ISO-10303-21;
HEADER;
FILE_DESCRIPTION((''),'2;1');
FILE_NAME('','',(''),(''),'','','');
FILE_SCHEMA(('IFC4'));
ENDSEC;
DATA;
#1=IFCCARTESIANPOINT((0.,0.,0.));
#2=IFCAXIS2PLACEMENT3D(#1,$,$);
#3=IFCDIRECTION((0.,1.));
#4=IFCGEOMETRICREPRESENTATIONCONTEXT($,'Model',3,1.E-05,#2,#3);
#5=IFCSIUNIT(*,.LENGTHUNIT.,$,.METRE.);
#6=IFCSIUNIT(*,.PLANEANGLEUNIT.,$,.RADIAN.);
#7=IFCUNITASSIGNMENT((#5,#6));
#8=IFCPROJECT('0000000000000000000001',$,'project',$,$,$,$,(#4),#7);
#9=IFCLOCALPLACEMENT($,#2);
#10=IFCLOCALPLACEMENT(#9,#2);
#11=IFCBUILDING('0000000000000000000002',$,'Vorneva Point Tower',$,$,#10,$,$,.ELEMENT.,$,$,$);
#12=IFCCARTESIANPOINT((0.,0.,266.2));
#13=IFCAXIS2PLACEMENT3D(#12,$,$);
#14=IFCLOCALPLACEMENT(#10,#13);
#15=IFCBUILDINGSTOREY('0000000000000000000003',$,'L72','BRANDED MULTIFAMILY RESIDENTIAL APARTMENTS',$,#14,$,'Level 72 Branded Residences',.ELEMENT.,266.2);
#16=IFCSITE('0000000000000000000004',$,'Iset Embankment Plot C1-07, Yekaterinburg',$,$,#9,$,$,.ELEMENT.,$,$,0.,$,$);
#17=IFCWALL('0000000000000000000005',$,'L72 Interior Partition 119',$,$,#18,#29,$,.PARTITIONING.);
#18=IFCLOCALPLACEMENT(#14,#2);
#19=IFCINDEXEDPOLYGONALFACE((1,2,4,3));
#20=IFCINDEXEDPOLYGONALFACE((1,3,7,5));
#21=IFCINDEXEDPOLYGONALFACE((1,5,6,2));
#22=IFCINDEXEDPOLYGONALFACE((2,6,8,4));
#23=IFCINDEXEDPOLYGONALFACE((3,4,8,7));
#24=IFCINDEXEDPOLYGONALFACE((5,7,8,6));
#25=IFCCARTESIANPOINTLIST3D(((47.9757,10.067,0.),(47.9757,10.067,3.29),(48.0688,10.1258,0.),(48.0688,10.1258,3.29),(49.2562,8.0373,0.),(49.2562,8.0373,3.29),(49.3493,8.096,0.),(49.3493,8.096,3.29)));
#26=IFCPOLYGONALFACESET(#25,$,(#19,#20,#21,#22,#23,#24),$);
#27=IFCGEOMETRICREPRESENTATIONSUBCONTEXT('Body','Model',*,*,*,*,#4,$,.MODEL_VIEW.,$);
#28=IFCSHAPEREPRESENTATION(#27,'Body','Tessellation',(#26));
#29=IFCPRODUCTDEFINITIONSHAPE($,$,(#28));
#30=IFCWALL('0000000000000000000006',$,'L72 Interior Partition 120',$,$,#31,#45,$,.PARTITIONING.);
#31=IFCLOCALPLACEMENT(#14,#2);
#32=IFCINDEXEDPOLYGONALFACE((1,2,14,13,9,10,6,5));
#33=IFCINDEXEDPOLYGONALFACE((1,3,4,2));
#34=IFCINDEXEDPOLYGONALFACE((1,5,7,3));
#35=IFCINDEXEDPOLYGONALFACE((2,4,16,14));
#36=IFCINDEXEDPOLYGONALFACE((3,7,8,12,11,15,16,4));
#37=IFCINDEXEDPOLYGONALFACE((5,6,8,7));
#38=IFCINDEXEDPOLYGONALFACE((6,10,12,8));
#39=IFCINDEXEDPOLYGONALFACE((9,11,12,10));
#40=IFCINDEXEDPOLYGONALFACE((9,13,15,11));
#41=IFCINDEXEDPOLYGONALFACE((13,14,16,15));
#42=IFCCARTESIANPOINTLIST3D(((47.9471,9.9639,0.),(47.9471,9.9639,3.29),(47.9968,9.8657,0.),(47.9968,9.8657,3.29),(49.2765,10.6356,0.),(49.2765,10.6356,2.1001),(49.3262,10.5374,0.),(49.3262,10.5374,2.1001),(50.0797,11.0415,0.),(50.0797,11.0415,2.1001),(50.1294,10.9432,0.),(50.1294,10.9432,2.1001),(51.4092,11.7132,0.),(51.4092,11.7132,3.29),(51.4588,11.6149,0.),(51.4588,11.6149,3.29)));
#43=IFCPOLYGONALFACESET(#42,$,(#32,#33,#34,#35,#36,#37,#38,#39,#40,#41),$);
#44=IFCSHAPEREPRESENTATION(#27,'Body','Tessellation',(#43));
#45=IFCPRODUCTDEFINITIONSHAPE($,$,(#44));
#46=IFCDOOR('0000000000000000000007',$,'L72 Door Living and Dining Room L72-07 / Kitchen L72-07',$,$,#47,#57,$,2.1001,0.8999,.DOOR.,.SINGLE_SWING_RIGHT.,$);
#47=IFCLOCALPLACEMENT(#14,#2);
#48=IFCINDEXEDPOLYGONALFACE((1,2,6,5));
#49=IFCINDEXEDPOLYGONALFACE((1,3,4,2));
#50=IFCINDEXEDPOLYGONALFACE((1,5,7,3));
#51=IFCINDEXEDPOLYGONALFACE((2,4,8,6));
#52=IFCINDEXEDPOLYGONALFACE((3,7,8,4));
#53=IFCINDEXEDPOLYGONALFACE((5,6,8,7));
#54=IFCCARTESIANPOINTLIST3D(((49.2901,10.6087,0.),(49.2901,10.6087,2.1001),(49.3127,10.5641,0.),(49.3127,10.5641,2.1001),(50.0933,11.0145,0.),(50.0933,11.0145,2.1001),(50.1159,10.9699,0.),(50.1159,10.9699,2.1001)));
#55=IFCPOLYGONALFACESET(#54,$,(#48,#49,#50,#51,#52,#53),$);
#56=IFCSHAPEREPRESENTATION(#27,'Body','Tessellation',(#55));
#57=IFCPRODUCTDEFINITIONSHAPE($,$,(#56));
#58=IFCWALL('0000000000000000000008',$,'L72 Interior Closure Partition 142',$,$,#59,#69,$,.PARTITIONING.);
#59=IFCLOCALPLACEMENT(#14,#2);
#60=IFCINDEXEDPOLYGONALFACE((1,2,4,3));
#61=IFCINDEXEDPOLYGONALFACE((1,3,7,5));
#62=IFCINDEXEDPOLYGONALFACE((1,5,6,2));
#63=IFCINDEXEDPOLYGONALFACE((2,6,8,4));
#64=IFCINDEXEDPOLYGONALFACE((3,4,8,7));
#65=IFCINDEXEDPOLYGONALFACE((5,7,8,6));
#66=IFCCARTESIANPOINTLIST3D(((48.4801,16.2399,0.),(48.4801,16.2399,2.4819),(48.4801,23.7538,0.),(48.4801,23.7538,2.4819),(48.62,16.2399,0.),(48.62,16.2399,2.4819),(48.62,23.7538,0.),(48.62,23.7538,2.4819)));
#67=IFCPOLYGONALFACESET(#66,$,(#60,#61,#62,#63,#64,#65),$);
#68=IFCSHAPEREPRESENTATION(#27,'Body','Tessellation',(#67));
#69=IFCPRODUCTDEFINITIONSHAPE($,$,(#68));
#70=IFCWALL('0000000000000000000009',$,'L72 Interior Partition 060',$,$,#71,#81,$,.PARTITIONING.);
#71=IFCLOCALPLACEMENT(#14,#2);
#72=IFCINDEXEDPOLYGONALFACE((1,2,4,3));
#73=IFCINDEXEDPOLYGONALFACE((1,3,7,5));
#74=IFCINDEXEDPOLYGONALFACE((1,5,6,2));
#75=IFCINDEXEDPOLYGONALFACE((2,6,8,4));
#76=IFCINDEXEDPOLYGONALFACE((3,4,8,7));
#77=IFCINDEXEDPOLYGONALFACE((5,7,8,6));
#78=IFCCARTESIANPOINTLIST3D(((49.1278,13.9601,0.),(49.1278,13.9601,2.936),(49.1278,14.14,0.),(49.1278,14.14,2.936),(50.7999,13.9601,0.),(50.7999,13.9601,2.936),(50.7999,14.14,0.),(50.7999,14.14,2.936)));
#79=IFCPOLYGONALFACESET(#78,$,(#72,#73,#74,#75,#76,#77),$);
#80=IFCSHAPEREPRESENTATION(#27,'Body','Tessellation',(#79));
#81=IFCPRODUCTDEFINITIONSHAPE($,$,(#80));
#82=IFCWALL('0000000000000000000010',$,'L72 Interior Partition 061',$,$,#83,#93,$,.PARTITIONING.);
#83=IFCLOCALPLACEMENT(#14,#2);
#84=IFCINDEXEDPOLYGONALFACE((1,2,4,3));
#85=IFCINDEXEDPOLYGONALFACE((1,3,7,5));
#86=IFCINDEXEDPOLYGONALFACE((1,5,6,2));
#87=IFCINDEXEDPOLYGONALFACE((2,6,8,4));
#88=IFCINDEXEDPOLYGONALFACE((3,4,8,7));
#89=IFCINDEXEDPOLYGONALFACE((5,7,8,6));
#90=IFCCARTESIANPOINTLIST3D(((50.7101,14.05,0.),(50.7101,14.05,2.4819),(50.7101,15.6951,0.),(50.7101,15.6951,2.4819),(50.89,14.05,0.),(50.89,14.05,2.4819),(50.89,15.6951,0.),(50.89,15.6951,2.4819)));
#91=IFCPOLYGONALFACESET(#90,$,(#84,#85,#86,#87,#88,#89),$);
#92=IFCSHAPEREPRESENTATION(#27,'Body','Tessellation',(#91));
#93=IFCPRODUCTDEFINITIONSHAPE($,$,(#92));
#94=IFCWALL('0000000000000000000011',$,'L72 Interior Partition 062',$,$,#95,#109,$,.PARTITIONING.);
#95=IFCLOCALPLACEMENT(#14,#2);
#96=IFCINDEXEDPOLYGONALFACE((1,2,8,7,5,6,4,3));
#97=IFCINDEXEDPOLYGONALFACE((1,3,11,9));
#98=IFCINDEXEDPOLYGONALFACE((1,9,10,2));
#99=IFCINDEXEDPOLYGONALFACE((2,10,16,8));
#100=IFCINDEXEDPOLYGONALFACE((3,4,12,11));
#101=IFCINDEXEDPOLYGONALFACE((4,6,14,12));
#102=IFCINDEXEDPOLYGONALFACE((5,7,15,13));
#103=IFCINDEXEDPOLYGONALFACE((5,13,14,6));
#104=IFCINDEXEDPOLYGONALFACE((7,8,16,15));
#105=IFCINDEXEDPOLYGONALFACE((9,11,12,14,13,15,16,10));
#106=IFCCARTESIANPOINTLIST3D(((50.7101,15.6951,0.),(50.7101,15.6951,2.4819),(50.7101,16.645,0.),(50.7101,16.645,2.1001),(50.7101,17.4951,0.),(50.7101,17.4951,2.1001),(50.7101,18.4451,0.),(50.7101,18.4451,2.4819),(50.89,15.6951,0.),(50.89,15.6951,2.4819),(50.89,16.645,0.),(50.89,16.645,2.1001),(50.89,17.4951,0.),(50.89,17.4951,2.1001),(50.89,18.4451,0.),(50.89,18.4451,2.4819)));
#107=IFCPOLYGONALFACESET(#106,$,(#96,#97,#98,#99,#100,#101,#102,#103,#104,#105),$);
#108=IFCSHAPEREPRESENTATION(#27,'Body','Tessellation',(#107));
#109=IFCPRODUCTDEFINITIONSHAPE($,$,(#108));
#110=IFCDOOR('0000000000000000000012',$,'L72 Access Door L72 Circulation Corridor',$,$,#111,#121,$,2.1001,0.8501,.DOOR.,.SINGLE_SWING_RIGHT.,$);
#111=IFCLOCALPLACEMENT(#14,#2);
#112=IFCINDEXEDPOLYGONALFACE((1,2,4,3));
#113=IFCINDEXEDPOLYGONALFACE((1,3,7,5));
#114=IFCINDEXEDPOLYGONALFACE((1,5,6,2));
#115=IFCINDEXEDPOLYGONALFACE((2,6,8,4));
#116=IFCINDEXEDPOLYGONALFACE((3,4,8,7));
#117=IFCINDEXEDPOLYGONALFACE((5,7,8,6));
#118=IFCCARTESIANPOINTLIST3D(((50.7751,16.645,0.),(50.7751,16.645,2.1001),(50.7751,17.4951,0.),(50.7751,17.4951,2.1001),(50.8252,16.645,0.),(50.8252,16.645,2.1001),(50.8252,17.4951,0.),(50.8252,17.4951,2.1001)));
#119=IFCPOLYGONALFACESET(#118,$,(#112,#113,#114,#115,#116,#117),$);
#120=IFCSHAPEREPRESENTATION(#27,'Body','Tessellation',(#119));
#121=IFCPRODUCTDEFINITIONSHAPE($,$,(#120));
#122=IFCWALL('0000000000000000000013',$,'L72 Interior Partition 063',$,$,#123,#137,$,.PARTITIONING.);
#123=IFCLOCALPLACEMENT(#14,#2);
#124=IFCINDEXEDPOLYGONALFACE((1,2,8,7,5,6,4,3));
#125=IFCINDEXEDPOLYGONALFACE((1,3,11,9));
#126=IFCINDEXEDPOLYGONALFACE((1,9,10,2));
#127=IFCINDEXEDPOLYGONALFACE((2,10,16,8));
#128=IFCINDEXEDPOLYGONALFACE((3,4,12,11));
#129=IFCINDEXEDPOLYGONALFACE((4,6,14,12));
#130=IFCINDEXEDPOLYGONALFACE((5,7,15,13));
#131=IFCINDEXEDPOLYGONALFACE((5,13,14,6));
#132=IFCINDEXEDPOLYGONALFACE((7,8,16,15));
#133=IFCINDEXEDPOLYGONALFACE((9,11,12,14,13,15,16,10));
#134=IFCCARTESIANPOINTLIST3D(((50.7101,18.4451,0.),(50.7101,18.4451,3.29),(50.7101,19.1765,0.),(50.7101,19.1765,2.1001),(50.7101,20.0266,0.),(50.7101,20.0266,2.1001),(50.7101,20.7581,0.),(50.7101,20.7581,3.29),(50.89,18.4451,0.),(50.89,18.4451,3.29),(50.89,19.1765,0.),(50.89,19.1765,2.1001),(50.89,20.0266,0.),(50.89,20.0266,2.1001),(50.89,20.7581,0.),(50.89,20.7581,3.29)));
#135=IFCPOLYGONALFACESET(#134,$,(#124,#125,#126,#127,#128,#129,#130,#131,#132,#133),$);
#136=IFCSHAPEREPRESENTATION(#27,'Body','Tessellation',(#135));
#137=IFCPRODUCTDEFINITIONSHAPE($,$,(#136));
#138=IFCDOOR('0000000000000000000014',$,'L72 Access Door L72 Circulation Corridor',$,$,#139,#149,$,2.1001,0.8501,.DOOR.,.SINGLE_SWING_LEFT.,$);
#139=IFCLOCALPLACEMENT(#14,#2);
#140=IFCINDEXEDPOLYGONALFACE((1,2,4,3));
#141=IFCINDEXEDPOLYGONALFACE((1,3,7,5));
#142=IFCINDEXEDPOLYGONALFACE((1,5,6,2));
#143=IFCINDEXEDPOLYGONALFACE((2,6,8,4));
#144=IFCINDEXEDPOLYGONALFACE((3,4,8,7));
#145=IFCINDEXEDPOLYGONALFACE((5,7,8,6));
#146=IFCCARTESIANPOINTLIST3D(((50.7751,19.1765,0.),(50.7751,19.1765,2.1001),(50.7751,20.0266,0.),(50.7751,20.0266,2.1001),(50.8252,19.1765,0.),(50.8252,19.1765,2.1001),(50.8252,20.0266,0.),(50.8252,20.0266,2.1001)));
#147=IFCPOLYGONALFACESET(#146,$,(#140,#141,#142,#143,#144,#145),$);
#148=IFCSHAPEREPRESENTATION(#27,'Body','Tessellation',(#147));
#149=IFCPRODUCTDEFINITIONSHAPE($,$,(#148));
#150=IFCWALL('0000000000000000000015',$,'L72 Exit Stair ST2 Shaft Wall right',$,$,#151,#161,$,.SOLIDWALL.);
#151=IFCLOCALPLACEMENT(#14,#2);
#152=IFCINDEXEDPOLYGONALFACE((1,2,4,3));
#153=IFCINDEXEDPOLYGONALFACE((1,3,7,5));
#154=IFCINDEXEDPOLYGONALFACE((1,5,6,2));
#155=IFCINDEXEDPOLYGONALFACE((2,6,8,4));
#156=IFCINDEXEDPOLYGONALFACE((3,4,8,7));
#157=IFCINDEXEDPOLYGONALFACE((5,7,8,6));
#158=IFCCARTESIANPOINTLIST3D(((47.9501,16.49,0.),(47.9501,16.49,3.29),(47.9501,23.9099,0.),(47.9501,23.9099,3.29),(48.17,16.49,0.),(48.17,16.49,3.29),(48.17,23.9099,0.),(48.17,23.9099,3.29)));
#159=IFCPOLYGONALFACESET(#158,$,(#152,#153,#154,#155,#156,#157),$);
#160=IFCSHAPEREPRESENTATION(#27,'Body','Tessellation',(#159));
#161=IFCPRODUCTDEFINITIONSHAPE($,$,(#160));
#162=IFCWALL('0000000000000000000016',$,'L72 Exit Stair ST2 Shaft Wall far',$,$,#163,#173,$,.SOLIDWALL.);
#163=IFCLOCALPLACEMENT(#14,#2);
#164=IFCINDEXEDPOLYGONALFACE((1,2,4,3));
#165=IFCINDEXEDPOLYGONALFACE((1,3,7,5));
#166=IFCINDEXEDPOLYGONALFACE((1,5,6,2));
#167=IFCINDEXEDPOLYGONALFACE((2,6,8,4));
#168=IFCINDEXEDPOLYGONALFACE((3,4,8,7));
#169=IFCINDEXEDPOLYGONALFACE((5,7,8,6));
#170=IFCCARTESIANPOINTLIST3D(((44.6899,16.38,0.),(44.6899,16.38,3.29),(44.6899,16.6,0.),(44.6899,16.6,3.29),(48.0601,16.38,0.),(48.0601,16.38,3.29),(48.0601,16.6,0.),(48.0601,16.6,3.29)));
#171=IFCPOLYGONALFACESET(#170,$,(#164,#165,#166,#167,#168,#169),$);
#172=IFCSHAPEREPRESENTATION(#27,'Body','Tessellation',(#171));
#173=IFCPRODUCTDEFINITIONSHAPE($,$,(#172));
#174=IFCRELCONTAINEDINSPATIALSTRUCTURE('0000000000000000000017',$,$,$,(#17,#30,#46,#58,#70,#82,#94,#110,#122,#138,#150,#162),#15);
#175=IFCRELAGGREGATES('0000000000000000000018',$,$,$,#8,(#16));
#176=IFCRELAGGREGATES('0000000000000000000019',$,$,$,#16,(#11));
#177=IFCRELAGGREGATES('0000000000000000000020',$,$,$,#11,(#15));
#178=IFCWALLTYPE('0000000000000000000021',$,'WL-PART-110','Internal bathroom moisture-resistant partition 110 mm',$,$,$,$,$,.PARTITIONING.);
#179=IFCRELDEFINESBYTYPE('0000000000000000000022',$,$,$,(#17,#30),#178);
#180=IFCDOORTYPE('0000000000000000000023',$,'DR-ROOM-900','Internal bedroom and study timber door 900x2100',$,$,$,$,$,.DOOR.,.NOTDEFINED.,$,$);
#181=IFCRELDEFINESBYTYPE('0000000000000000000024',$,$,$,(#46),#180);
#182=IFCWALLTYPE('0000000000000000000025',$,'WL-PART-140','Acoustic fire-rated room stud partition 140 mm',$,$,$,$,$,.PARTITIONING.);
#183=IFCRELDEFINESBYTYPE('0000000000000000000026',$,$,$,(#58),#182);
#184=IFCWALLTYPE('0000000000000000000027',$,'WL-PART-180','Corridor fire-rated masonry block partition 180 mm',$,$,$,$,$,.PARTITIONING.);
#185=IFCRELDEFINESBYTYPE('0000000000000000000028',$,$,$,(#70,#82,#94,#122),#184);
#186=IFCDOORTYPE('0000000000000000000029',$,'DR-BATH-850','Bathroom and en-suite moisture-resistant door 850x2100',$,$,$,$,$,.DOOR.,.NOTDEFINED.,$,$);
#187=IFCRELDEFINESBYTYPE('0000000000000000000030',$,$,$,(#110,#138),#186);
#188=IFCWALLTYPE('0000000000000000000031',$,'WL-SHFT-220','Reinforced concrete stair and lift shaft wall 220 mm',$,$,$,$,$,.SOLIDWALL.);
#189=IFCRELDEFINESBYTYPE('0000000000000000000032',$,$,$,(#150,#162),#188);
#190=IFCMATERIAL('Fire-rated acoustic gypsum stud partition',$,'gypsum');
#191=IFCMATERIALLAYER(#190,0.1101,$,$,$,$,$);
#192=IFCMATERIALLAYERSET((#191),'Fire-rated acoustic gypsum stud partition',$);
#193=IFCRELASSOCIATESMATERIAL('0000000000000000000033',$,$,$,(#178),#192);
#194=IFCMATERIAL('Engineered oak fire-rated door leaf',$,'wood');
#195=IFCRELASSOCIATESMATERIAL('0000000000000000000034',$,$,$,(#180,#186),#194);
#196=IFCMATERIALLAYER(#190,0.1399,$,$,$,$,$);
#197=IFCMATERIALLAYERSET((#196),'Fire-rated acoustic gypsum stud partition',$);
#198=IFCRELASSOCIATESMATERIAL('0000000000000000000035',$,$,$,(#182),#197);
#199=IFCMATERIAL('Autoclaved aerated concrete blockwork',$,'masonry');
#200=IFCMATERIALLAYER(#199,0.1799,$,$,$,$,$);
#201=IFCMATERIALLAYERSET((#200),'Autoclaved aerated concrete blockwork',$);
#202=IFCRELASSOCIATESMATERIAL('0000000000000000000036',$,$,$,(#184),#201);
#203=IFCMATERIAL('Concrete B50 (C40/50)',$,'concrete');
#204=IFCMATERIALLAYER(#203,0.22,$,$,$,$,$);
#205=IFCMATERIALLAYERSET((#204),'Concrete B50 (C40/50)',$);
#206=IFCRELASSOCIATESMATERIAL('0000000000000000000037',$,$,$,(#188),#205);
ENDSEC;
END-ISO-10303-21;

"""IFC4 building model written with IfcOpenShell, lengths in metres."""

from ifc_helpers import new_model, si_unit, direction, frame, frame_2d, origin, place, context, subcontext, project, spatial, rectangle, extrude, material, layer, layer_set, type_object, element, fill, save


model = new_model("IFC4")

# Units and contexts
model_context = context("Model", 3, precision=1e-05, world=origin(), true_north=direction((0.0, 1.0)))
body_context = subcontext(model_context, "Body", "Model", "MODEL_VIEW")
ifc_project = project(units=[si_unit("LENGTHUNIT", "METRE"), si_unit("PLANEANGLEUNIT", "RADIAN")], contexts=[model_context])

# Site, building, storey
site_placement = place(None, origin())
site = spatial("IfcSite", under=ifc_project, at=site_placement, Name="Iset Embankment Plot C1-07, Yekaterinburg", CompositionType="ELEMENT", RefElevation=0.0)
building_placement = place(site_placement, origin())
building = spatial("IfcBuilding", under=site, at=building_placement, Name="Vorneva Point Tower", CompositionType="ELEMENT")
storey_placement = place(building_placement, frame((0.0, 0.0, 266.2)))
storey = spatial("IfcBuildingStorey", under=building, at=storey_placement, Name="L72", Description="BRANDED MULTIFAMILY RESIDENTIAL APARTMENTS", LongName="Level 72 Branded Residences", CompositionType="ELEMENT", Elevation=266.2)

# Shared definitions
ifc_material_1 = material(Name="Concrete B50 (C40/50)", Category="concrete")

# Wall
ifc_material_2 = material(Name="Fire-rated acoustic gypsum stud partition", Category="gypsum")
ifc_layer_1 = layer(ifc_material_2, 0.1101)
ifc_layer_set_1 = layer_set([ifc_layer_1], Name="Fire-rated acoustic gypsum stud partition")
wall_type_1 = type_object("IfcWallType", Name="WL-PART-110", Description="Internal bathroom moisture-resistant partition 110 mm", PredefinedType="PARTITIONING", material=ifc_layer_set_1)
wall_1_placement = place(storey_placement, frame((49.3027, 8.0667, 0.0), z_axis=(0.0, 0.0, 1.0), x_axis=(-0.53356, 0.845762, 0.0)))
element("IfcWall", 1, at=wall_1_placement, inside=storey, type_object=wall_type_1, Name="L72 Interior Partition 119", PredefinedType="PARTITIONING", context=body_context, shape_type="SweptSolid", body=[
    extrude(rectangle(XDim=2.3999, YDim=0.1101, at=frame_2d((1.2, 0.0))), origin(), (0.0, 0.0, 1.0), 3.29),
])

# Wall, opening, door
wall_2_placement = place(storey_placement, frame((47.9719, 9.9148, 0.0), z_axis=(0.0, 0.0, 1.0), x_axis=(0.892544, 0.450961, 0.0)))
wall_2 = element("IfcWall", 2, at=wall_2_placement, inside=storey, type_object=wall_type_1, Name="L72 Interior Partition 120", PredefinedType="PARTITIONING", context=body_context, shape_type="SweptSolid", body=[
    extrude(rectangle(XDim=3.8789, YDim=0.1101, at=frame_2d((1.9395, 0.0))), origin(), (0.0, 0.0, 1.0), 3.29),
])
opening_1_placement = place(wall_2_placement, frame((1.4895, 0.0, 0.0)))
opening_1 = element("IfcOpeningElement", 3, at=opening_1_placement, cuts=wall_2, PredefinedType="OPENING", context=body_context, shape_type="SweptSolid", body=[
    extrude(rectangle(XDim=0.8999, YDim=2.1001, at=frame_2d((0.45, 1.05))), frame((0.0, 0.0698, 0.0), z_axis=(0.0, -1.0, 0.0), x_axis=(1.0, 0.0, 0.0)), (0.0, 0.0, 1.0), 0.1399),
])
ifc_material_3 = material(Name="Engineered oak fire-rated door leaf", Category="wood")
door_type_1 = type_object("IfcDoorType", Name="DR-ROOM-900", Description="Internal bedroom and study timber door 900x2100", OperationType="NOTDEFINED", PredefinedType="DOOR", material=ifc_material_3)
door_1_placement = place(opening_1_placement, origin())
door_1 = element("IfcDoor", 4, at=door_1_placement, inside=storey, type_object=door_type_1, Name="L72 Door Living and Dining Room L72-07 / Kitchen L72-07", OperationType="SINGLE_SWING_RIGHT", OverallHeight=2.1001, OverallWidth=0.8999, PredefinedType="DOOR", context=body_context, shape_type="SweptSolid", body=[
    extrude(rectangle(XDim=0.8999, YDim=2.1001, at=frame_2d((0.45, 1.05))), frame((0.0, 0.0249, 0.0), z_axis=(0.0, -1.0, 0.0), x_axis=(1.0, 0.0, 0.0)), (0.0, 0.0, 1.0), 0.05),
])
fill(opening_1, door_1)

# Wall
ifc_layer_2 = layer(ifc_material_2, 0.1399)
ifc_layer_set_2 = layer_set([ifc_layer_2], Name="Fire-rated acoustic gypsum stud partition")
wall_type_2 = type_object("IfcWallType", Name="WL-PART-140", Description="Acoustic fire-rated room stud partition 140 mm", PredefinedType="PARTITIONING", material=ifc_layer_set_2)
wall_3_placement = place(storey_placement, frame((48.55, 16.24, 0.0), z_axis=(0.0, 0.0, 1.0), x_axis=(0.0, 1.0, 0.0)))
element("IfcWall", 5, at=wall_3_placement, inside=storey, type_object=wall_type_2, Name="L72 Interior Closure Partition 142", PredefinedType="PARTITIONING", context=body_context, shape_type="SweptSolid", body=[
    extrude(rectangle(XDim=7.5139, YDim=0.1399, at=frame_2d((3.7568, 0.0))), origin(), (0.0, 0.0, 1.0), 2.4819),
])

# Shared definitions
ifc_material_4 = material(Name="Autoclaved aerated concrete blockwork", Category="masonry")
ifc_layer_3 = layer(ifc_material_4, 0.1799)
ifc_layer_set_3 = layer_set([ifc_layer_3], Name="Autoclaved aerated concrete blockwork")
wall_type_3 = type_object("IfcWallType", Name="WL-PART-180", Description="Corridor fire-rated masonry block partition 180 mm", PredefinedType="PARTITIONING", material=ifc_layer_set_3)

# Walls
wall_4_placement = place(storey_placement, frame((49.1279, 14.05, 0.0), z_axis=(0.0, 0.0, 1.0), x_axis=(1.0, 0.0, 0.0)))
element("IfcWall", 6, at=wall_4_placement, inside=storey, type_object=wall_type_3, Name="L72 Interior Partition 060", PredefinedType="PARTITIONING", context=body_context, shape_type="SweptSolid", body=[
    extrude(rectangle(XDim=1.6721, YDim=0.1799, at=frame_2d((0.8359, 0.0))), origin(), (0.0, 0.0, 1.0), 2.936),
])
wall_5_placement = place(storey_placement, frame((50.8, 14.05, 0.0), z_axis=(0.0, 0.0, 1.0), x_axis=(0.0, 1.0, 0.0)))
element("IfcWall", 7, at=wall_5_placement, inside=storey, type_object=wall_type_3, Name="L72 Interior Partition 061", PredefinedType="PARTITIONING", context=body_context, shape_type="SweptSolid", body=[
    extrude(rectangle(XDim=1.645, YDim=0.1799, at=frame_2d((0.8225, 0.0))), origin(), (0.0, 0.0, 1.0), 2.4819),
])

# Walls, openings, doors
wall_6_placement = place(storey_placement, frame((50.8, 15.6951, 0.0), z_axis=(0.0, 0.0, 1.0), x_axis=(0.0, 1.0, 0.0)))
wall_6 = element("IfcWall", 8, at=wall_6_placement, inside=storey, type_object=wall_type_3, Name="L72 Interior Partition 062", PredefinedType="PARTITIONING", context=body_context, shape_type="SweptSolid", body=[
    extrude(rectangle(XDim=2.75, YDim=0.1799, at=frame_2d((1.375, 0.0))), origin(), (0.0, 0.0, 1.0), 2.4819),
])
opening_2_placement = place(wall_6_placement, frame((0.95, 0.0, 0.0)))
opening_2 = element("IfcOpeningElement", 9, at=opening_2_placement, cuts=wall_6, PredefinedType="OPENING", context=body_context, shape_type="SweptSolid", body=[
    extrude(rectangle(XDim=0.8501, YDim=2.1001, at=frame_2d((0.425, 1.05))), frame((0.0, 0.105, 0.0), z_axis=(0.0, -1.0, 0.0), x_axis=(1.0, 0.0, 0.0)), (0.0, 0.0, 1.0), 0.2097),
])
door_type_2 = type_object("IfcDoorType", Name="DR-BATH-850", Description="Bathroom and en-suite moisture-resistant door 850x2100", OperationType="NOTDEFINED", PredefinedType="DOOR", material=ifc_material_3)
door_2_placement = place(opening_2_placement, origin())
door_2 = element("IfcDoor", 10, at=door_2_placement, inside=storey, type_object=door_type_2, Name="L72 Access Door L72 Circulation Corridor", OperationType="SINGLE_SWING_RIGHT", OverallHeight=2.1001, OverallWidth=0.8501, PredefinedType="DOOR", context=body_context, shape_type="SweptSolid", body=[
    extrude(rectangle(XDim=0.8501, YDim=2.1001, at=frame_2d((0.425, 1.05))), frame((0.0, 0.0249, 0.0), z_axis=(0.0, -1.0, 0.0), x_axis=(1.0, 0.0, 0.0)), (0.0, 0.0, 1.0), 0.05),
])
fill(opening_2, door_2)
wall_7_placement = place(storey_placement, frame((50.8, 18.4451, 0.0), z_axis=(0.0, 0.0, 1.0), x_axis=(0.0, 1.0, 0.0)))
wall_7 = element("IfcWall", 11, at=wall_7_placement, inside=storey, type_object=wall_type_3, Name="L72 Interior Partition 063", PredefinedType="PARTITIONING", context=body_context, shape_type="SweptSolid", body=[
    extrude(rectangle(XDim=2.313, YDim=0.1799, at=frame_2d((1.1565, 0.0))), origin(), (0.0, 0.0, 1.0), 3.29),
])
opening_3_placement = place(wall_7_placement, frame((0.7314, 0.0, 0.0)))
opening_3 = element("IfcOpeningElement", 12, at=opening_3_placement, cuts=wall_7, PredefinedType="OPENING", context=body_context, shape_type="SweptSolid", body=[
    extrude(rectangle(XDim=0.8501, YDim=2.1001, at=frame_2d((0.425, 1.05))), frame((0.0, 0.105, 0.0), z_axis=(0.0, -1.0, 0.0), x_axis=(1.0, 0.0, 0.0)), (0.0, 0.0, 1.0), 0.2097),
])
door_3_placement = place(opening_3_placement, origin())
door_3 = element("IfcDoor", 13, at=door_3_placement, inside=storey, type_object=door_type_2, Name="L72 Access Door L72 Circulation Corridor", OperationType="SINGLE_SWING_LEFT", OverallHeight=2.1001, OverallWidth=0.8501, PredefinedType="DOOR", context=body_context, shape_type="SweptSolid", body=[
    extrude(rectangle(XDim=0.8501, YDim=2.1001, at=frame_2d((0.425, 1.05))), frame((0.0, 0.0249, 0.0), z_axis=(0.0, -1.0, 0.0), x_axis=(1.0, 0.0, 0.0)), (0.0, 0.0, 1.0), 0.05),
])
fill(opening_3, door_3)

# Walls
ifc_layer_4 = layer(ifc_material_1, 0.22)
ifc_layer_set_4 = layer_set([ifc_layer_4], Name="Concrete B50 (C40/50)")
wall_type_4 = type_object("IfcWallType", Name="WL-SHFT-220", Description="Reinforced concrete stair and lift shaft wall 220 mm", PredefinedType="SOLIDWALL", material=ifc_layer_set_4)
wall_8_placement = place(storey_placement, frame((48.0601, 23.9099, 0.0), z_axis=(0.0, 0.0, 1.0), x_axis=(0.0, -1.0, 0.0)))
element("IfcWall", 14, at=wall_8_placement, inside=storey, type_object=wall_type_4, Name="L72 Exit Stair ST2 Shaft Wall right", PredefinedType="SOLIDWALL", context=body_context, shape_type="SweptSolid", body=[
    extrude(rectangle(XDim=7.4199, YDim=0.22, at=frame_2d((3.71, 0.0))), origin(), (0.0, 0.0, 1.0), 3.29),
])
wall_9_placement = place(storey_placement, frame((48.0601, 16.49, 0.0), z_axis=(0.0, 0.0, 1.0), x_axis=(-1.0, 0.0, 0.0)))
element("IfcWall", 15, at=wall_9_placement, inside=storey, type_object=wall_type_4, Name="L72 Exit Stair ST2 Shaft Wall far", PredefinedType="SOLIDWALL", context=body_context, shape_type="SweptSolid", body=[
    extrude(rectangle(XDim=3.3701, YDim=0.22, at=frame_2d((1.6851, 0.0))), origin(), (0.0, 0.0, 1.0), 3.29),
])

save(model, "model.ifc")
